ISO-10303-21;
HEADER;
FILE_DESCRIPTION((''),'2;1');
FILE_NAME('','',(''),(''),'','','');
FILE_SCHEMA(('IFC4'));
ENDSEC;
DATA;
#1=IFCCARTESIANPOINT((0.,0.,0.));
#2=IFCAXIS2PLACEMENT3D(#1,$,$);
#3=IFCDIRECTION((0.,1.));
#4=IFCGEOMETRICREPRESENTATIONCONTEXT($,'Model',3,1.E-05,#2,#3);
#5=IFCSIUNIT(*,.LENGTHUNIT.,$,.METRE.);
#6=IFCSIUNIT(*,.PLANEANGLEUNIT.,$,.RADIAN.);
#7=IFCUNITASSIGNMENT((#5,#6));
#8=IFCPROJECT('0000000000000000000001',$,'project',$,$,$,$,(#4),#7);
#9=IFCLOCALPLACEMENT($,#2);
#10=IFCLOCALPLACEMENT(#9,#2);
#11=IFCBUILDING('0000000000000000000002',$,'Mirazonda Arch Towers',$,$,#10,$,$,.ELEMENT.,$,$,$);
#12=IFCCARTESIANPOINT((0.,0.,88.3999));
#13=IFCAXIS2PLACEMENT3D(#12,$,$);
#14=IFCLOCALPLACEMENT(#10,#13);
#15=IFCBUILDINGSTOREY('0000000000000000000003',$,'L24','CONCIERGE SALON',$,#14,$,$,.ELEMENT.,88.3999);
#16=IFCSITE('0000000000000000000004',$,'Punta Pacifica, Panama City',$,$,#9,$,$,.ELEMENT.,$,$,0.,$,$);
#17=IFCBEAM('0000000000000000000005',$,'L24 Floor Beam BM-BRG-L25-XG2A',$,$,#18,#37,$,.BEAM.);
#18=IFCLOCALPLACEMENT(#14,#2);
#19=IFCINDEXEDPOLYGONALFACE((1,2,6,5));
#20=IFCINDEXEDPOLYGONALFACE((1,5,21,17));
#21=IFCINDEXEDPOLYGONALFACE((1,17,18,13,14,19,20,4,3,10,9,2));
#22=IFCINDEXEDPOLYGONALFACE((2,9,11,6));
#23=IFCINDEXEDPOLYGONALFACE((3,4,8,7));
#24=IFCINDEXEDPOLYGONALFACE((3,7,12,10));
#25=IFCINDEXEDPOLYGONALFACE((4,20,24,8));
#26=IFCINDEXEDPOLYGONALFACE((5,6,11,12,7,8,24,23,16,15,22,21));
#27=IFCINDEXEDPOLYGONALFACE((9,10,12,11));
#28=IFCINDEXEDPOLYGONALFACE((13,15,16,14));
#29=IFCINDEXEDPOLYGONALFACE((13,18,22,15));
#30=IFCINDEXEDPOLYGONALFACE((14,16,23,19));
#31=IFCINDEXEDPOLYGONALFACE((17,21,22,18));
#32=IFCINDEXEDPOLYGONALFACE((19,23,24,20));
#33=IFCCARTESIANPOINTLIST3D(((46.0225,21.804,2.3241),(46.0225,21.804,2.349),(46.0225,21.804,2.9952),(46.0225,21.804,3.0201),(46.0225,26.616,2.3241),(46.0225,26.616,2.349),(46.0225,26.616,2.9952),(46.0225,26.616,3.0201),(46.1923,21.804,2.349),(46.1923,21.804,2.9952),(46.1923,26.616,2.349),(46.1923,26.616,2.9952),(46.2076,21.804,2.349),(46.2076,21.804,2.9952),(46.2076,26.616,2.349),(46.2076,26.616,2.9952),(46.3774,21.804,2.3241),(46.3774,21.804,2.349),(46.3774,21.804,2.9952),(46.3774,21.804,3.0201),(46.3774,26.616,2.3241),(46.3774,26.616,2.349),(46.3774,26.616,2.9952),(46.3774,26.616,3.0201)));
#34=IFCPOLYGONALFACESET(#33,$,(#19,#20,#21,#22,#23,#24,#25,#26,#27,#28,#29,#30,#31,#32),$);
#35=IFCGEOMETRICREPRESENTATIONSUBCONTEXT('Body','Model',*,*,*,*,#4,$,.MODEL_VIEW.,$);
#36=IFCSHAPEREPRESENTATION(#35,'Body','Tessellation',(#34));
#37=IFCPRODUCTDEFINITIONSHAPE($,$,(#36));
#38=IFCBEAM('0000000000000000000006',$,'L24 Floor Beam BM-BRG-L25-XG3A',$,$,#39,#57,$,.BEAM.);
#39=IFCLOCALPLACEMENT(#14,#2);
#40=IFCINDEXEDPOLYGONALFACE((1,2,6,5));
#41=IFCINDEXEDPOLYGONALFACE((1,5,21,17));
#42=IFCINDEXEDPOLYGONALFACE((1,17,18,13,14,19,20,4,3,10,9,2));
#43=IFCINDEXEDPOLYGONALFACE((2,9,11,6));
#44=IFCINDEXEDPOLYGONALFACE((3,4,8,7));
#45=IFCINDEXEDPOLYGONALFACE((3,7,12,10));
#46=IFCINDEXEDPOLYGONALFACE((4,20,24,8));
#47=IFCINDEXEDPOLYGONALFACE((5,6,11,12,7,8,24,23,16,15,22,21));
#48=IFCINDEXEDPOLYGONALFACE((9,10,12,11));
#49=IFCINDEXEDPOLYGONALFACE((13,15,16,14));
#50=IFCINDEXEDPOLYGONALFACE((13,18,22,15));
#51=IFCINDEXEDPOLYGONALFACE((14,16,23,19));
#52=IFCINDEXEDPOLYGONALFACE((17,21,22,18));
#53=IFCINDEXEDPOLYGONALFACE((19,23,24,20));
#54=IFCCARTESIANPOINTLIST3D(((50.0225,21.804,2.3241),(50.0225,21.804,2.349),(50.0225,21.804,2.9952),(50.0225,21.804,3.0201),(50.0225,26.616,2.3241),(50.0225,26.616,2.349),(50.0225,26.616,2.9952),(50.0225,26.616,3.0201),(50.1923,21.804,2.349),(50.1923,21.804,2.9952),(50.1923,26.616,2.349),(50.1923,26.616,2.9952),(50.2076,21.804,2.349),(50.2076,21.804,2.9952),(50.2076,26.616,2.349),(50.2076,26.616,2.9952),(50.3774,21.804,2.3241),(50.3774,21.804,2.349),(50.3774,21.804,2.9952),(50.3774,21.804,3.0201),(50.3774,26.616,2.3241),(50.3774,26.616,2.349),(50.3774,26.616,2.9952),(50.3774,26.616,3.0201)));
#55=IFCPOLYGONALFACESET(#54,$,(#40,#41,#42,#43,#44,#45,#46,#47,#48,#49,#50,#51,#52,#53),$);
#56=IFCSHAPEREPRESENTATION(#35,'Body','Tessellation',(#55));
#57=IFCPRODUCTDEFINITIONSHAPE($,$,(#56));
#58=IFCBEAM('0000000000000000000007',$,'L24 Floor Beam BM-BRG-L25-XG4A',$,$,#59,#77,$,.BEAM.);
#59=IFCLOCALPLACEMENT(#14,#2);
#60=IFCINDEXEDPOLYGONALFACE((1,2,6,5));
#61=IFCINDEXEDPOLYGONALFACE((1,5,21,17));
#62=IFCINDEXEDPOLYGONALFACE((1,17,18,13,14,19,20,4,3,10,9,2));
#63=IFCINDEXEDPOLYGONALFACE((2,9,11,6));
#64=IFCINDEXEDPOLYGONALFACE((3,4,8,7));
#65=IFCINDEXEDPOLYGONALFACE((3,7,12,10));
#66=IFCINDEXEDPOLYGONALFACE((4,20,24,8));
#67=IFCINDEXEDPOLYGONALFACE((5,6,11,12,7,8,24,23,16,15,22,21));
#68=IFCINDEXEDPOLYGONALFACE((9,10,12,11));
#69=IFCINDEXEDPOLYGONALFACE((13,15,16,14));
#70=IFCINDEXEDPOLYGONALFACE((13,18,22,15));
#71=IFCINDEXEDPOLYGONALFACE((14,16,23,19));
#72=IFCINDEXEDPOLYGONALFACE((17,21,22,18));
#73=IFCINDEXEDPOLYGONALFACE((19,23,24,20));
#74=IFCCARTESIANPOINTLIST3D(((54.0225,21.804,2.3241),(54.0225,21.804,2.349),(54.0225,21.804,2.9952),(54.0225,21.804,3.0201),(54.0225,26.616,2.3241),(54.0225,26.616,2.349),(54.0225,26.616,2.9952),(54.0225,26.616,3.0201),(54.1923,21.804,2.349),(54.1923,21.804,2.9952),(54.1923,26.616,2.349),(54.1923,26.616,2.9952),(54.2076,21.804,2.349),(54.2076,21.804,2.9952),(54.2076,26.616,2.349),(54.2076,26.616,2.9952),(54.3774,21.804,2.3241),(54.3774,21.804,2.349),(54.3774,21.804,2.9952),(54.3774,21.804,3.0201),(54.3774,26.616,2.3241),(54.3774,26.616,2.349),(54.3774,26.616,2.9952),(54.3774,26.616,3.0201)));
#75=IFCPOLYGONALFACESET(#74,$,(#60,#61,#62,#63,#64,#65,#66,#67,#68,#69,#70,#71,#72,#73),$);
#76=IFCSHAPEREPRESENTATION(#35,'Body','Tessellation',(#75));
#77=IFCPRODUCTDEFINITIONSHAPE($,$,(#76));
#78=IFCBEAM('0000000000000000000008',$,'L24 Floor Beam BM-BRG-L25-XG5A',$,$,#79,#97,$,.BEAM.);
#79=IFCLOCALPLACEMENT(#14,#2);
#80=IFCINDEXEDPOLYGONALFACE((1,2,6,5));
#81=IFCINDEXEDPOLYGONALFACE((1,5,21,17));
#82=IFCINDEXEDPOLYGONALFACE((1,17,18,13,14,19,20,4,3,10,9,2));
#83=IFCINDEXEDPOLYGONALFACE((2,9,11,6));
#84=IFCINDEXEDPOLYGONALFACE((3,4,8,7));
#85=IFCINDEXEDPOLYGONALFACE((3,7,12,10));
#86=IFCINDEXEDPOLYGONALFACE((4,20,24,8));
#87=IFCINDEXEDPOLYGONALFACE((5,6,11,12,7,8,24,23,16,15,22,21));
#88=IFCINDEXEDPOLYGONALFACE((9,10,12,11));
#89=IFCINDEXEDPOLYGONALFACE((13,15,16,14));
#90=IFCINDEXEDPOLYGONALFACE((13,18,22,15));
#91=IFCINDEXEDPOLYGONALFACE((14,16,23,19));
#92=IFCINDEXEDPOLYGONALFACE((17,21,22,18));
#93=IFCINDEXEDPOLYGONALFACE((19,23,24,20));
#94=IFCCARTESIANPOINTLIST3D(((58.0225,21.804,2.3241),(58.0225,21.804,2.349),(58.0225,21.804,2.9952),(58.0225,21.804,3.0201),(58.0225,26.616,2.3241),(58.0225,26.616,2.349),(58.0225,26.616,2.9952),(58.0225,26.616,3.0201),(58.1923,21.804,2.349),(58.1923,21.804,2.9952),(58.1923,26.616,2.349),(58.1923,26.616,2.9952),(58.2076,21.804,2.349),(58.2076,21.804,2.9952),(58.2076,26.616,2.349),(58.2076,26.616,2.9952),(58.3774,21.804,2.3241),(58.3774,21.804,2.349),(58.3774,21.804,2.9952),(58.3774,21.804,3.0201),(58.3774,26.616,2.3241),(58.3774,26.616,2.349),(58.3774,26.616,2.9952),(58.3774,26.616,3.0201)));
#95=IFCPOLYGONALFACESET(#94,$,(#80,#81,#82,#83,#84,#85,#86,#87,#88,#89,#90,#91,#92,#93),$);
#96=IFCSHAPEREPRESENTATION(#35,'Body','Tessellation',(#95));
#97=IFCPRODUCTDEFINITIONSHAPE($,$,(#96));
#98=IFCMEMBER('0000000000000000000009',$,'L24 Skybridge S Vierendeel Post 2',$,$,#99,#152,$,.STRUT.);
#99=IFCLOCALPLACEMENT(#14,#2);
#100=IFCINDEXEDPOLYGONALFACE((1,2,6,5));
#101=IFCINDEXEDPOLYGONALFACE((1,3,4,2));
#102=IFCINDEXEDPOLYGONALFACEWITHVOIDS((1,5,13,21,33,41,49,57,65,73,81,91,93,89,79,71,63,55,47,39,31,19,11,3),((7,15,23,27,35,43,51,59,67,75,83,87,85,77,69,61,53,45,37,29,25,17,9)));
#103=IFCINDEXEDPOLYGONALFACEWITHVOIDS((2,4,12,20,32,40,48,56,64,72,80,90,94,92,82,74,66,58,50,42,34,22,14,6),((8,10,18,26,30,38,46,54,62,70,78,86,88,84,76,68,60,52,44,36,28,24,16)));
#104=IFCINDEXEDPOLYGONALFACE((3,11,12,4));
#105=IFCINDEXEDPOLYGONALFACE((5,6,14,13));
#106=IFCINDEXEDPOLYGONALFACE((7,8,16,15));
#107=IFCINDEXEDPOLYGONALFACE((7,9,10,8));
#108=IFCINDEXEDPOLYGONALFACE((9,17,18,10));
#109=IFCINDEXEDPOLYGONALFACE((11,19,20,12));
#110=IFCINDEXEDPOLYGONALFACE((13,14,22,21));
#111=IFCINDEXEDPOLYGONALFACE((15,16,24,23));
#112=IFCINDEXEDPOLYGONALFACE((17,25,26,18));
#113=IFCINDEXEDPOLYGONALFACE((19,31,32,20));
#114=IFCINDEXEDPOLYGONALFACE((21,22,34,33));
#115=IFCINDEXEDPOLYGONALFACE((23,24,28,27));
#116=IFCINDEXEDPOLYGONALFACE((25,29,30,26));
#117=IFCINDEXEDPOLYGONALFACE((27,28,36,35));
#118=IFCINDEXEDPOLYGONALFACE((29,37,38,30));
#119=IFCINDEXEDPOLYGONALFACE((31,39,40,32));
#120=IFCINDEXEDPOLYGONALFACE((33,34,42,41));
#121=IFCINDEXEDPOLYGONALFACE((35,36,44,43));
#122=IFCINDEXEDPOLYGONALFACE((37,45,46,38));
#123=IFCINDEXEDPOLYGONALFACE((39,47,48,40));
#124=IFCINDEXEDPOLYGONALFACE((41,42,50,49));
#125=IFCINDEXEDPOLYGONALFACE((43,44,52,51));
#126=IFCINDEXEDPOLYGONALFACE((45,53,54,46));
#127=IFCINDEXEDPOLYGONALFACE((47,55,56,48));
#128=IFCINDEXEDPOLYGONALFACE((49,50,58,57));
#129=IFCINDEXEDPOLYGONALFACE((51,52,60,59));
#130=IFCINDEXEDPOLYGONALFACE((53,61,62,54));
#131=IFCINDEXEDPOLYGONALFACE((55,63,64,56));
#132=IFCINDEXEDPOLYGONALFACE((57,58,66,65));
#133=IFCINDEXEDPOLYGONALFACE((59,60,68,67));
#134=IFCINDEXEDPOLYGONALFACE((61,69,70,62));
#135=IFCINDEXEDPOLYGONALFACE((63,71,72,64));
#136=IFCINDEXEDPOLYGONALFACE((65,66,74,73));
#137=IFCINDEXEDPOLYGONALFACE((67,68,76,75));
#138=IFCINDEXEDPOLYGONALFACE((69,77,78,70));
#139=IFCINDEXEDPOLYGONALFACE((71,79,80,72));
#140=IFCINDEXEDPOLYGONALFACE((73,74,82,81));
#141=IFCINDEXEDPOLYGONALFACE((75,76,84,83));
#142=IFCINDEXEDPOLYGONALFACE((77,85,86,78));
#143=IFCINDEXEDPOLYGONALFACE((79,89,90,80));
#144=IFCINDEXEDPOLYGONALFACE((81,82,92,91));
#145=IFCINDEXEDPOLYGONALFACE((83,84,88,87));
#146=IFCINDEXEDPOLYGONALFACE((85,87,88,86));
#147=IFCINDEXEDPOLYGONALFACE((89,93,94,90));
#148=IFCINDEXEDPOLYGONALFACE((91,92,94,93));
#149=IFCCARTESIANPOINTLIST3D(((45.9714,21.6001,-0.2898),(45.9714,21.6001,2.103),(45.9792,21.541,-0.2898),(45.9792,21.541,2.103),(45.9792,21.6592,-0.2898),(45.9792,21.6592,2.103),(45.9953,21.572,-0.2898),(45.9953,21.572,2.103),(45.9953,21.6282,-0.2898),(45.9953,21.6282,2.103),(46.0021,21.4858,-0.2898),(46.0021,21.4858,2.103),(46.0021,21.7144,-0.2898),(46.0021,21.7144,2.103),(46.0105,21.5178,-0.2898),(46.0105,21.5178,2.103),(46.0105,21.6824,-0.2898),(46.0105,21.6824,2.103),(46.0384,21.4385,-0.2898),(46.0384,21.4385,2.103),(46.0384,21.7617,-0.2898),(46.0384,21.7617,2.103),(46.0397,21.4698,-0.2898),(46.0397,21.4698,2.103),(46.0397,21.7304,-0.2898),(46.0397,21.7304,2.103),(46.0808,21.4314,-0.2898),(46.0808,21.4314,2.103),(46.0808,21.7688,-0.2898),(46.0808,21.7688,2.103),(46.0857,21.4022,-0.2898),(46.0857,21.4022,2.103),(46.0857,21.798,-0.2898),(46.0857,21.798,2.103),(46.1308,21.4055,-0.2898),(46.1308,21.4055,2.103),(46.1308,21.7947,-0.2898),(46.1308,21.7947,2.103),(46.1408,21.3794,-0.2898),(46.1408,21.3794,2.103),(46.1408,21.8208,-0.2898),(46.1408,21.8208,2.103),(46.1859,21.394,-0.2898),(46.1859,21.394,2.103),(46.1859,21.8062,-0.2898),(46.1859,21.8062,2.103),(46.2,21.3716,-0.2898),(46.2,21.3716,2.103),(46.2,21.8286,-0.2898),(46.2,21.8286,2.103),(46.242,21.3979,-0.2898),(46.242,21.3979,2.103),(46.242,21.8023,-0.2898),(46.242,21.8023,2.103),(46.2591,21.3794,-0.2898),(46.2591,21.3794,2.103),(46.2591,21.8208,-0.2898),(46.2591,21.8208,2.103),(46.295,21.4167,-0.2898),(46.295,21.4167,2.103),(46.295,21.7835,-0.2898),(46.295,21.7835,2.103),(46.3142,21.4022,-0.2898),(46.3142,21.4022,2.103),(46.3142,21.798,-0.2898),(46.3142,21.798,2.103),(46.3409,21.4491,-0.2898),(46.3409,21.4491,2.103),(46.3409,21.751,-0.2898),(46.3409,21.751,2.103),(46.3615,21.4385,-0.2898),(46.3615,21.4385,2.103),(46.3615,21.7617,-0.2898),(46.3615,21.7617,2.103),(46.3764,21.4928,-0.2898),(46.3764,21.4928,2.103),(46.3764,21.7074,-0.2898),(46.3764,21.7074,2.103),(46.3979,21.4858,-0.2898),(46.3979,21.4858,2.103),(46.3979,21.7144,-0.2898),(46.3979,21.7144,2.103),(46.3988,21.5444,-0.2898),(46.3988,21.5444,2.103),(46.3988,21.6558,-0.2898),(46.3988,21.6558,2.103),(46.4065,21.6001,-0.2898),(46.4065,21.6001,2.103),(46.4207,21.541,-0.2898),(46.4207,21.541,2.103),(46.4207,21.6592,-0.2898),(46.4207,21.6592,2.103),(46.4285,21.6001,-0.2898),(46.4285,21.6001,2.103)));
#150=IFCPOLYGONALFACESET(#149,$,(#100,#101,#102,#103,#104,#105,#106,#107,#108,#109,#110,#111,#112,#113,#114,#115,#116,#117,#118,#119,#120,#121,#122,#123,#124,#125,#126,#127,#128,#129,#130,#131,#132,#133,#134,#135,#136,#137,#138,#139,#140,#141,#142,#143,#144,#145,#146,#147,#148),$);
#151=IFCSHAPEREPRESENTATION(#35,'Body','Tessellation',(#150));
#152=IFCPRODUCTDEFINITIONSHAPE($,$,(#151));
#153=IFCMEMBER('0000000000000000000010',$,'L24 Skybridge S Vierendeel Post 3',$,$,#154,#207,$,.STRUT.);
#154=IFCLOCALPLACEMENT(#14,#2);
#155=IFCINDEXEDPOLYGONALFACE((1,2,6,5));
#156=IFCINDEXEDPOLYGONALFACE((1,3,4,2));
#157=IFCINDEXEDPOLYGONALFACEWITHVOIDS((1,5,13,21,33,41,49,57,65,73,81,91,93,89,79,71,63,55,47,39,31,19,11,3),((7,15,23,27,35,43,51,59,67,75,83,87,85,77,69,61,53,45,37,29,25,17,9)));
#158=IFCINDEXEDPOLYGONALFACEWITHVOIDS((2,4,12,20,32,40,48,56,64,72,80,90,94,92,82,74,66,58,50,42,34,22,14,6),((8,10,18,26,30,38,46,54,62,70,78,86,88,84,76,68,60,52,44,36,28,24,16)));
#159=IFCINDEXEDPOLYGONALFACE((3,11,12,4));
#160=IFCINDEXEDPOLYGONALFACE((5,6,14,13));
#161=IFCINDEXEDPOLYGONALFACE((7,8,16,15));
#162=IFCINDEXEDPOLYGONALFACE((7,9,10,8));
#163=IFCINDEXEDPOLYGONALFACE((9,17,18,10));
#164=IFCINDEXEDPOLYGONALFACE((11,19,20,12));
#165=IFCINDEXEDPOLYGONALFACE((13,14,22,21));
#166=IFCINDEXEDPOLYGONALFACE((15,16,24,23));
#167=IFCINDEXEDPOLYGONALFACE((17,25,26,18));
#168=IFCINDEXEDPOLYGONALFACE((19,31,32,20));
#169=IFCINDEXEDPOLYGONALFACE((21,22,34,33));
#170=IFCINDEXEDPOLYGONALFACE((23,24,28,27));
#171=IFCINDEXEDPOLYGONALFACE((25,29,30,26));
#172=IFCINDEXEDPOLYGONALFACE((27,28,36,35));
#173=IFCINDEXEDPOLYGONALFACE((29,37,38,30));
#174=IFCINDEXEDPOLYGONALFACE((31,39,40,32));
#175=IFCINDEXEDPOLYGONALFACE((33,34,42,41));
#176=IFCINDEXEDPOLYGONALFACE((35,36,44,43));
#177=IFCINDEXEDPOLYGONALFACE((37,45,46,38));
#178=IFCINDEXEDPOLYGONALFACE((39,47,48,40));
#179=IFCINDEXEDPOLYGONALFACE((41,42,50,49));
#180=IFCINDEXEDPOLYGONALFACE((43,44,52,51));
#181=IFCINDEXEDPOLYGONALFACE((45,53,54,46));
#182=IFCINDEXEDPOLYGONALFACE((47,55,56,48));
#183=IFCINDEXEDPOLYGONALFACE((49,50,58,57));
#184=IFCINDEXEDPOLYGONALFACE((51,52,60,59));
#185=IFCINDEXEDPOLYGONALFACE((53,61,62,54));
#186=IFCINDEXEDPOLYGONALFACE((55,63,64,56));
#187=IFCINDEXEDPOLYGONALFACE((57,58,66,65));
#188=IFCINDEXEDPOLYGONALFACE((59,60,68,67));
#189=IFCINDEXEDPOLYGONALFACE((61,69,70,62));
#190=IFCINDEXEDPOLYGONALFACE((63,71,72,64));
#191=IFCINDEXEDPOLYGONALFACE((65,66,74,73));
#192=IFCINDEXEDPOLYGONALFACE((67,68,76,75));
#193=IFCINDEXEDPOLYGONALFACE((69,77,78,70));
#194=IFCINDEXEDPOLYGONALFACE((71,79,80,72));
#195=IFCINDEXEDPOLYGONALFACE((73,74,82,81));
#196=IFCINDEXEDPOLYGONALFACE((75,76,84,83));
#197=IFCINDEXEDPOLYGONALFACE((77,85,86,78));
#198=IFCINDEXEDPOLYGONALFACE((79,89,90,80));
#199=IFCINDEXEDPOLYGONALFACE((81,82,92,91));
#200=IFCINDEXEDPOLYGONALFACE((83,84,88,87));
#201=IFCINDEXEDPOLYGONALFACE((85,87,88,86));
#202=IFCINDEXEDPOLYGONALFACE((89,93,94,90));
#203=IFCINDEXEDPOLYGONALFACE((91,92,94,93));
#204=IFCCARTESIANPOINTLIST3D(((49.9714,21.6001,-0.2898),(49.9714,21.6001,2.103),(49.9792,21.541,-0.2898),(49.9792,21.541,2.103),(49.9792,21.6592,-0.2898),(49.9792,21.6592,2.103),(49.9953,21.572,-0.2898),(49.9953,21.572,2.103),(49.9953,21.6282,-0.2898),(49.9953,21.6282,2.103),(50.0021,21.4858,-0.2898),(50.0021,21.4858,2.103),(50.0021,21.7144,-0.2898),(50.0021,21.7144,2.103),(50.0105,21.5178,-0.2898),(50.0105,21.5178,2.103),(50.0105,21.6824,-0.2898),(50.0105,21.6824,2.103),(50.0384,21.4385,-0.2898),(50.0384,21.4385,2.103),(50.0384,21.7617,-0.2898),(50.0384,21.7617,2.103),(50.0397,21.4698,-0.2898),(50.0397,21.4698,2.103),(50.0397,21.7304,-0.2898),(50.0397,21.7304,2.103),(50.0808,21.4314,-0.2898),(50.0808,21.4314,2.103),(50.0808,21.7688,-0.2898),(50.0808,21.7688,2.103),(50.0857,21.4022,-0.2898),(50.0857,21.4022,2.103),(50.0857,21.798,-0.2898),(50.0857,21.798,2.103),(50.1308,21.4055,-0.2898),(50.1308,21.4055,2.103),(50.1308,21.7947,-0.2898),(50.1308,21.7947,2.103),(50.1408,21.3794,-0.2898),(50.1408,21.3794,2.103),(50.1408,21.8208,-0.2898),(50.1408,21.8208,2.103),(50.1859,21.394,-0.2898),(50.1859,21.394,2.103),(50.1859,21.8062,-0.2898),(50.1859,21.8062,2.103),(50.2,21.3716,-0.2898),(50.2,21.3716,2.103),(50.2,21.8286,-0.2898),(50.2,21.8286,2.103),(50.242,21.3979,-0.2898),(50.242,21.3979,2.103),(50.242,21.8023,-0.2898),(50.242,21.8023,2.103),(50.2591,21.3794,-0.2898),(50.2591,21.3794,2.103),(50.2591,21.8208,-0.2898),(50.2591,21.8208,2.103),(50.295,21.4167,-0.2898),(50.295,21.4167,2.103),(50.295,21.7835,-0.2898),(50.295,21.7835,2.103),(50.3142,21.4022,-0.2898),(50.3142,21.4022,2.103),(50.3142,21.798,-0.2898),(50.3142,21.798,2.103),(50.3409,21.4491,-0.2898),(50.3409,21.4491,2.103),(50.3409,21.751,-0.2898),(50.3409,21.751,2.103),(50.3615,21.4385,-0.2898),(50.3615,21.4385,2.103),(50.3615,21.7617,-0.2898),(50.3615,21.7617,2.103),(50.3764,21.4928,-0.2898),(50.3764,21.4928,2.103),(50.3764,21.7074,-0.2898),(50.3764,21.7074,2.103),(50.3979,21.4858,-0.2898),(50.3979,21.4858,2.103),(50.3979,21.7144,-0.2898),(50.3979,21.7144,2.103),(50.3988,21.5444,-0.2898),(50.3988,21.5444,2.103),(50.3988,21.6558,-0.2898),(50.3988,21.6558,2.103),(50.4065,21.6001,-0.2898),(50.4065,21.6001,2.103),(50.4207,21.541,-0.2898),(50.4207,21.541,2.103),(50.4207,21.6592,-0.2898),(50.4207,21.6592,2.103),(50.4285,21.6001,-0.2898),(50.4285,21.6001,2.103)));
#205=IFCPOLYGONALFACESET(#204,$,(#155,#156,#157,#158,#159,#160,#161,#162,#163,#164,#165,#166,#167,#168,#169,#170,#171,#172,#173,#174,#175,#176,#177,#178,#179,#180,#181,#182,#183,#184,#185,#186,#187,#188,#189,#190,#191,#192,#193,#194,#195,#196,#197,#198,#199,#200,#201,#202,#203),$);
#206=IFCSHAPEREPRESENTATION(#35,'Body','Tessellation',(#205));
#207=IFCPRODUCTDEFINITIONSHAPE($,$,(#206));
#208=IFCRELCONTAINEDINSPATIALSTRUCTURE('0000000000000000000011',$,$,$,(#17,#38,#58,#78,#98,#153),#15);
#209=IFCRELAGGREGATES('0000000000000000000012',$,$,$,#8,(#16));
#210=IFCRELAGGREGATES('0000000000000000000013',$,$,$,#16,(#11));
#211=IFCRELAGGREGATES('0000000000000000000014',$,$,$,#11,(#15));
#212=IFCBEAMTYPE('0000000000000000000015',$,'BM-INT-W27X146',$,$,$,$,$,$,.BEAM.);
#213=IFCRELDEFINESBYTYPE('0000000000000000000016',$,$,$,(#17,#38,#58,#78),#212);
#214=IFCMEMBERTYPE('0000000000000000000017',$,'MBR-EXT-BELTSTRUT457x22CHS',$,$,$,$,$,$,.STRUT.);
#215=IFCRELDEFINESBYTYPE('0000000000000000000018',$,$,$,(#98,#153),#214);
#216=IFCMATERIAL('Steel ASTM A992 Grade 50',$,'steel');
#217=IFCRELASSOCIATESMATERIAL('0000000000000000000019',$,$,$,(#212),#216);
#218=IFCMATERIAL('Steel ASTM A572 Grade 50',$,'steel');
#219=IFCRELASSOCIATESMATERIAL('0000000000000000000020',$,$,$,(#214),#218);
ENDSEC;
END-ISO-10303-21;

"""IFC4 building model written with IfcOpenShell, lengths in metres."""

from ifc_helpers import new_model, si_unit, direction, frame, origin, origin_2d, place, context, subcontext, project, spatial, hollow_circle, i_section, extrude, material, material_profile, profile_set, type_object, element, save


model = new_model("IFC4")

# Units and contexts
model_context = context("Model", 3, precision=1e-05, world=origin(), true_north=direction((0.0, 1.0)))
body_context = subcontext(model_context, "Body", "Model", "MODEL_VIEW")
ifc_project = project(units=[si_unit("LENGTHUNIT", "METRE"), si_unit("PLANEANGLEUNIT", "RADIAN")], contexts=[model_context])

# Site, building, storey
site_placement = place(None, origin())
site = spatial("IfcSite", under=ifc_project, at=site_placement, Name="Punta Pacifica, Panama City", CompositionType="ELEMENT", RefElevation=0.0)
building_placement = place(site_placement, origin())
building = spatial("IfcBuilding", under=site, at=building_placement, Name="Mirazonda Arch Towers", CompositionType="ELEMENT")
storey_placement = place(building_placement, frame((0.0, 0.0, 88.3999)))
storey = spatial("IfcBuildingStorey", under=building, at=storey_placement, Name="L24", Description="CONCIERGE SALON", CompositionType="ELEMENT", Elevation=88.3999)

# Beams
ifc_material_1 = material(Name="Steel ASTM A992 Grade 50", Category="steel")
ifc_material_profile_1 = material_profile(ifc_material_1, i_section(OverallWidth=0.355, OverallDepth=0.696, WebThickness=0.0154, FlangeThickness=0.0249, at=origin_2d()), Name="W27X146")
ifc_profile_set_1 = profile_set([ifc_material_profile_1], Name="Steel ASTM A992 Grade 50")
beam_type = type_object("IfcBeamType", Name="BM-INT-W27X146", PredefinedType="BEAM", material=ifc_profile_set_1)
for number, where, z_axis, x_axis, name in (
    (1, (46.2, 21.804, 2.6721), (0.0, 1.0, 0.0), (-1.0, 0.0, 0.0), "L24 Floor Beam BM-BRG-L25-XG2A"),
    (2, (50.2, 21.804, 2.6721), (0.0, 1.0, 0.0), (-1.0, 0.0, 0.0), "L24 Floor Beam BM-BRG-L25-XG3A"),
    (3, (54.2, 21.804, 2.6721), (0.0, 1.0, 0.0), (-1.0, 0.0, 0.0), "L24 Floor Beam BM-BRG-L25-XG4A"),
    (4, (58.2, 21.804, 2.6721), (0.0, 1.0, 0.0), (-1.0, 0.0, 0.0), "L24 Floor Beam BM-BRG-L25-XG5A"),
):
    element("IfcBeam", number, at=place(storey_placement, frame(where, z_axis=z_axis, x_axis=x_axis)), inside=storey, type_object=beam_type, Name=name, PredefinedType="BEAM", context=body_context, shape_type="SweptSolid", body=[
        extrude(i_section(OverallWidth=0.355, OverallDepth=0.696, WebThickness=0.0154, FlangeThickness=0.0249, at=origin_2d()), origin(), (0.0, 0.0, 1.0), 4.812),
    ])

# Members
ifc_material_2 = material(Name="Steel ASTM A572 Grade 50", Category="steel")
ifc_material_profile_2 = material_profile(ifc_material_2, hollow_circle(Radius=0.2285, WallThickness=0.022, at=origin_2d()), Name="BELTSTRUT457x22CHS")
ifc_profile_set_2 = profile_set([ifc_material_profile_2], Name="Steel ASTM A572 Grade 50")
member_type_1 = type_object("IfcMemberType", Name="MBR-EXT-BELTSTRUT457x22CHS", PredefinedType="STRUT", material=ifc_profile_set_2)
for number, where, z_axis, x_axis, name in (
    (5, (46.2, 21.6001, -0.2898), (0.0, 0.0, 1.0), (1.0, 0.0, 0.0), "L24 Skybridge S Vierendeel Post 2"),
    (6, (50.2, 21.6001, -0.2898), (0.0, 0.0, 1.0), (1.0, 0.0, 0.0), "L24 Skybridge S Vierendeel Post 3"),
):
    element("IfcMember", number, at=place(storey_placement, frame(where, z_axis=z_axis, x_axis=x_axis)), inside=storey, type_object=member_type_1, Name=name, PredefinedType="STRUT", context=body_context, shape_type="SweptSolid", body=[
        extrude(hollow_circle(Radius=0.2285, WallThickness=0.022, at=origin_2d()), origin(), (0.0, 0.0, 1.0), 2.3928),
    ])

save(model, "model.ifc")
